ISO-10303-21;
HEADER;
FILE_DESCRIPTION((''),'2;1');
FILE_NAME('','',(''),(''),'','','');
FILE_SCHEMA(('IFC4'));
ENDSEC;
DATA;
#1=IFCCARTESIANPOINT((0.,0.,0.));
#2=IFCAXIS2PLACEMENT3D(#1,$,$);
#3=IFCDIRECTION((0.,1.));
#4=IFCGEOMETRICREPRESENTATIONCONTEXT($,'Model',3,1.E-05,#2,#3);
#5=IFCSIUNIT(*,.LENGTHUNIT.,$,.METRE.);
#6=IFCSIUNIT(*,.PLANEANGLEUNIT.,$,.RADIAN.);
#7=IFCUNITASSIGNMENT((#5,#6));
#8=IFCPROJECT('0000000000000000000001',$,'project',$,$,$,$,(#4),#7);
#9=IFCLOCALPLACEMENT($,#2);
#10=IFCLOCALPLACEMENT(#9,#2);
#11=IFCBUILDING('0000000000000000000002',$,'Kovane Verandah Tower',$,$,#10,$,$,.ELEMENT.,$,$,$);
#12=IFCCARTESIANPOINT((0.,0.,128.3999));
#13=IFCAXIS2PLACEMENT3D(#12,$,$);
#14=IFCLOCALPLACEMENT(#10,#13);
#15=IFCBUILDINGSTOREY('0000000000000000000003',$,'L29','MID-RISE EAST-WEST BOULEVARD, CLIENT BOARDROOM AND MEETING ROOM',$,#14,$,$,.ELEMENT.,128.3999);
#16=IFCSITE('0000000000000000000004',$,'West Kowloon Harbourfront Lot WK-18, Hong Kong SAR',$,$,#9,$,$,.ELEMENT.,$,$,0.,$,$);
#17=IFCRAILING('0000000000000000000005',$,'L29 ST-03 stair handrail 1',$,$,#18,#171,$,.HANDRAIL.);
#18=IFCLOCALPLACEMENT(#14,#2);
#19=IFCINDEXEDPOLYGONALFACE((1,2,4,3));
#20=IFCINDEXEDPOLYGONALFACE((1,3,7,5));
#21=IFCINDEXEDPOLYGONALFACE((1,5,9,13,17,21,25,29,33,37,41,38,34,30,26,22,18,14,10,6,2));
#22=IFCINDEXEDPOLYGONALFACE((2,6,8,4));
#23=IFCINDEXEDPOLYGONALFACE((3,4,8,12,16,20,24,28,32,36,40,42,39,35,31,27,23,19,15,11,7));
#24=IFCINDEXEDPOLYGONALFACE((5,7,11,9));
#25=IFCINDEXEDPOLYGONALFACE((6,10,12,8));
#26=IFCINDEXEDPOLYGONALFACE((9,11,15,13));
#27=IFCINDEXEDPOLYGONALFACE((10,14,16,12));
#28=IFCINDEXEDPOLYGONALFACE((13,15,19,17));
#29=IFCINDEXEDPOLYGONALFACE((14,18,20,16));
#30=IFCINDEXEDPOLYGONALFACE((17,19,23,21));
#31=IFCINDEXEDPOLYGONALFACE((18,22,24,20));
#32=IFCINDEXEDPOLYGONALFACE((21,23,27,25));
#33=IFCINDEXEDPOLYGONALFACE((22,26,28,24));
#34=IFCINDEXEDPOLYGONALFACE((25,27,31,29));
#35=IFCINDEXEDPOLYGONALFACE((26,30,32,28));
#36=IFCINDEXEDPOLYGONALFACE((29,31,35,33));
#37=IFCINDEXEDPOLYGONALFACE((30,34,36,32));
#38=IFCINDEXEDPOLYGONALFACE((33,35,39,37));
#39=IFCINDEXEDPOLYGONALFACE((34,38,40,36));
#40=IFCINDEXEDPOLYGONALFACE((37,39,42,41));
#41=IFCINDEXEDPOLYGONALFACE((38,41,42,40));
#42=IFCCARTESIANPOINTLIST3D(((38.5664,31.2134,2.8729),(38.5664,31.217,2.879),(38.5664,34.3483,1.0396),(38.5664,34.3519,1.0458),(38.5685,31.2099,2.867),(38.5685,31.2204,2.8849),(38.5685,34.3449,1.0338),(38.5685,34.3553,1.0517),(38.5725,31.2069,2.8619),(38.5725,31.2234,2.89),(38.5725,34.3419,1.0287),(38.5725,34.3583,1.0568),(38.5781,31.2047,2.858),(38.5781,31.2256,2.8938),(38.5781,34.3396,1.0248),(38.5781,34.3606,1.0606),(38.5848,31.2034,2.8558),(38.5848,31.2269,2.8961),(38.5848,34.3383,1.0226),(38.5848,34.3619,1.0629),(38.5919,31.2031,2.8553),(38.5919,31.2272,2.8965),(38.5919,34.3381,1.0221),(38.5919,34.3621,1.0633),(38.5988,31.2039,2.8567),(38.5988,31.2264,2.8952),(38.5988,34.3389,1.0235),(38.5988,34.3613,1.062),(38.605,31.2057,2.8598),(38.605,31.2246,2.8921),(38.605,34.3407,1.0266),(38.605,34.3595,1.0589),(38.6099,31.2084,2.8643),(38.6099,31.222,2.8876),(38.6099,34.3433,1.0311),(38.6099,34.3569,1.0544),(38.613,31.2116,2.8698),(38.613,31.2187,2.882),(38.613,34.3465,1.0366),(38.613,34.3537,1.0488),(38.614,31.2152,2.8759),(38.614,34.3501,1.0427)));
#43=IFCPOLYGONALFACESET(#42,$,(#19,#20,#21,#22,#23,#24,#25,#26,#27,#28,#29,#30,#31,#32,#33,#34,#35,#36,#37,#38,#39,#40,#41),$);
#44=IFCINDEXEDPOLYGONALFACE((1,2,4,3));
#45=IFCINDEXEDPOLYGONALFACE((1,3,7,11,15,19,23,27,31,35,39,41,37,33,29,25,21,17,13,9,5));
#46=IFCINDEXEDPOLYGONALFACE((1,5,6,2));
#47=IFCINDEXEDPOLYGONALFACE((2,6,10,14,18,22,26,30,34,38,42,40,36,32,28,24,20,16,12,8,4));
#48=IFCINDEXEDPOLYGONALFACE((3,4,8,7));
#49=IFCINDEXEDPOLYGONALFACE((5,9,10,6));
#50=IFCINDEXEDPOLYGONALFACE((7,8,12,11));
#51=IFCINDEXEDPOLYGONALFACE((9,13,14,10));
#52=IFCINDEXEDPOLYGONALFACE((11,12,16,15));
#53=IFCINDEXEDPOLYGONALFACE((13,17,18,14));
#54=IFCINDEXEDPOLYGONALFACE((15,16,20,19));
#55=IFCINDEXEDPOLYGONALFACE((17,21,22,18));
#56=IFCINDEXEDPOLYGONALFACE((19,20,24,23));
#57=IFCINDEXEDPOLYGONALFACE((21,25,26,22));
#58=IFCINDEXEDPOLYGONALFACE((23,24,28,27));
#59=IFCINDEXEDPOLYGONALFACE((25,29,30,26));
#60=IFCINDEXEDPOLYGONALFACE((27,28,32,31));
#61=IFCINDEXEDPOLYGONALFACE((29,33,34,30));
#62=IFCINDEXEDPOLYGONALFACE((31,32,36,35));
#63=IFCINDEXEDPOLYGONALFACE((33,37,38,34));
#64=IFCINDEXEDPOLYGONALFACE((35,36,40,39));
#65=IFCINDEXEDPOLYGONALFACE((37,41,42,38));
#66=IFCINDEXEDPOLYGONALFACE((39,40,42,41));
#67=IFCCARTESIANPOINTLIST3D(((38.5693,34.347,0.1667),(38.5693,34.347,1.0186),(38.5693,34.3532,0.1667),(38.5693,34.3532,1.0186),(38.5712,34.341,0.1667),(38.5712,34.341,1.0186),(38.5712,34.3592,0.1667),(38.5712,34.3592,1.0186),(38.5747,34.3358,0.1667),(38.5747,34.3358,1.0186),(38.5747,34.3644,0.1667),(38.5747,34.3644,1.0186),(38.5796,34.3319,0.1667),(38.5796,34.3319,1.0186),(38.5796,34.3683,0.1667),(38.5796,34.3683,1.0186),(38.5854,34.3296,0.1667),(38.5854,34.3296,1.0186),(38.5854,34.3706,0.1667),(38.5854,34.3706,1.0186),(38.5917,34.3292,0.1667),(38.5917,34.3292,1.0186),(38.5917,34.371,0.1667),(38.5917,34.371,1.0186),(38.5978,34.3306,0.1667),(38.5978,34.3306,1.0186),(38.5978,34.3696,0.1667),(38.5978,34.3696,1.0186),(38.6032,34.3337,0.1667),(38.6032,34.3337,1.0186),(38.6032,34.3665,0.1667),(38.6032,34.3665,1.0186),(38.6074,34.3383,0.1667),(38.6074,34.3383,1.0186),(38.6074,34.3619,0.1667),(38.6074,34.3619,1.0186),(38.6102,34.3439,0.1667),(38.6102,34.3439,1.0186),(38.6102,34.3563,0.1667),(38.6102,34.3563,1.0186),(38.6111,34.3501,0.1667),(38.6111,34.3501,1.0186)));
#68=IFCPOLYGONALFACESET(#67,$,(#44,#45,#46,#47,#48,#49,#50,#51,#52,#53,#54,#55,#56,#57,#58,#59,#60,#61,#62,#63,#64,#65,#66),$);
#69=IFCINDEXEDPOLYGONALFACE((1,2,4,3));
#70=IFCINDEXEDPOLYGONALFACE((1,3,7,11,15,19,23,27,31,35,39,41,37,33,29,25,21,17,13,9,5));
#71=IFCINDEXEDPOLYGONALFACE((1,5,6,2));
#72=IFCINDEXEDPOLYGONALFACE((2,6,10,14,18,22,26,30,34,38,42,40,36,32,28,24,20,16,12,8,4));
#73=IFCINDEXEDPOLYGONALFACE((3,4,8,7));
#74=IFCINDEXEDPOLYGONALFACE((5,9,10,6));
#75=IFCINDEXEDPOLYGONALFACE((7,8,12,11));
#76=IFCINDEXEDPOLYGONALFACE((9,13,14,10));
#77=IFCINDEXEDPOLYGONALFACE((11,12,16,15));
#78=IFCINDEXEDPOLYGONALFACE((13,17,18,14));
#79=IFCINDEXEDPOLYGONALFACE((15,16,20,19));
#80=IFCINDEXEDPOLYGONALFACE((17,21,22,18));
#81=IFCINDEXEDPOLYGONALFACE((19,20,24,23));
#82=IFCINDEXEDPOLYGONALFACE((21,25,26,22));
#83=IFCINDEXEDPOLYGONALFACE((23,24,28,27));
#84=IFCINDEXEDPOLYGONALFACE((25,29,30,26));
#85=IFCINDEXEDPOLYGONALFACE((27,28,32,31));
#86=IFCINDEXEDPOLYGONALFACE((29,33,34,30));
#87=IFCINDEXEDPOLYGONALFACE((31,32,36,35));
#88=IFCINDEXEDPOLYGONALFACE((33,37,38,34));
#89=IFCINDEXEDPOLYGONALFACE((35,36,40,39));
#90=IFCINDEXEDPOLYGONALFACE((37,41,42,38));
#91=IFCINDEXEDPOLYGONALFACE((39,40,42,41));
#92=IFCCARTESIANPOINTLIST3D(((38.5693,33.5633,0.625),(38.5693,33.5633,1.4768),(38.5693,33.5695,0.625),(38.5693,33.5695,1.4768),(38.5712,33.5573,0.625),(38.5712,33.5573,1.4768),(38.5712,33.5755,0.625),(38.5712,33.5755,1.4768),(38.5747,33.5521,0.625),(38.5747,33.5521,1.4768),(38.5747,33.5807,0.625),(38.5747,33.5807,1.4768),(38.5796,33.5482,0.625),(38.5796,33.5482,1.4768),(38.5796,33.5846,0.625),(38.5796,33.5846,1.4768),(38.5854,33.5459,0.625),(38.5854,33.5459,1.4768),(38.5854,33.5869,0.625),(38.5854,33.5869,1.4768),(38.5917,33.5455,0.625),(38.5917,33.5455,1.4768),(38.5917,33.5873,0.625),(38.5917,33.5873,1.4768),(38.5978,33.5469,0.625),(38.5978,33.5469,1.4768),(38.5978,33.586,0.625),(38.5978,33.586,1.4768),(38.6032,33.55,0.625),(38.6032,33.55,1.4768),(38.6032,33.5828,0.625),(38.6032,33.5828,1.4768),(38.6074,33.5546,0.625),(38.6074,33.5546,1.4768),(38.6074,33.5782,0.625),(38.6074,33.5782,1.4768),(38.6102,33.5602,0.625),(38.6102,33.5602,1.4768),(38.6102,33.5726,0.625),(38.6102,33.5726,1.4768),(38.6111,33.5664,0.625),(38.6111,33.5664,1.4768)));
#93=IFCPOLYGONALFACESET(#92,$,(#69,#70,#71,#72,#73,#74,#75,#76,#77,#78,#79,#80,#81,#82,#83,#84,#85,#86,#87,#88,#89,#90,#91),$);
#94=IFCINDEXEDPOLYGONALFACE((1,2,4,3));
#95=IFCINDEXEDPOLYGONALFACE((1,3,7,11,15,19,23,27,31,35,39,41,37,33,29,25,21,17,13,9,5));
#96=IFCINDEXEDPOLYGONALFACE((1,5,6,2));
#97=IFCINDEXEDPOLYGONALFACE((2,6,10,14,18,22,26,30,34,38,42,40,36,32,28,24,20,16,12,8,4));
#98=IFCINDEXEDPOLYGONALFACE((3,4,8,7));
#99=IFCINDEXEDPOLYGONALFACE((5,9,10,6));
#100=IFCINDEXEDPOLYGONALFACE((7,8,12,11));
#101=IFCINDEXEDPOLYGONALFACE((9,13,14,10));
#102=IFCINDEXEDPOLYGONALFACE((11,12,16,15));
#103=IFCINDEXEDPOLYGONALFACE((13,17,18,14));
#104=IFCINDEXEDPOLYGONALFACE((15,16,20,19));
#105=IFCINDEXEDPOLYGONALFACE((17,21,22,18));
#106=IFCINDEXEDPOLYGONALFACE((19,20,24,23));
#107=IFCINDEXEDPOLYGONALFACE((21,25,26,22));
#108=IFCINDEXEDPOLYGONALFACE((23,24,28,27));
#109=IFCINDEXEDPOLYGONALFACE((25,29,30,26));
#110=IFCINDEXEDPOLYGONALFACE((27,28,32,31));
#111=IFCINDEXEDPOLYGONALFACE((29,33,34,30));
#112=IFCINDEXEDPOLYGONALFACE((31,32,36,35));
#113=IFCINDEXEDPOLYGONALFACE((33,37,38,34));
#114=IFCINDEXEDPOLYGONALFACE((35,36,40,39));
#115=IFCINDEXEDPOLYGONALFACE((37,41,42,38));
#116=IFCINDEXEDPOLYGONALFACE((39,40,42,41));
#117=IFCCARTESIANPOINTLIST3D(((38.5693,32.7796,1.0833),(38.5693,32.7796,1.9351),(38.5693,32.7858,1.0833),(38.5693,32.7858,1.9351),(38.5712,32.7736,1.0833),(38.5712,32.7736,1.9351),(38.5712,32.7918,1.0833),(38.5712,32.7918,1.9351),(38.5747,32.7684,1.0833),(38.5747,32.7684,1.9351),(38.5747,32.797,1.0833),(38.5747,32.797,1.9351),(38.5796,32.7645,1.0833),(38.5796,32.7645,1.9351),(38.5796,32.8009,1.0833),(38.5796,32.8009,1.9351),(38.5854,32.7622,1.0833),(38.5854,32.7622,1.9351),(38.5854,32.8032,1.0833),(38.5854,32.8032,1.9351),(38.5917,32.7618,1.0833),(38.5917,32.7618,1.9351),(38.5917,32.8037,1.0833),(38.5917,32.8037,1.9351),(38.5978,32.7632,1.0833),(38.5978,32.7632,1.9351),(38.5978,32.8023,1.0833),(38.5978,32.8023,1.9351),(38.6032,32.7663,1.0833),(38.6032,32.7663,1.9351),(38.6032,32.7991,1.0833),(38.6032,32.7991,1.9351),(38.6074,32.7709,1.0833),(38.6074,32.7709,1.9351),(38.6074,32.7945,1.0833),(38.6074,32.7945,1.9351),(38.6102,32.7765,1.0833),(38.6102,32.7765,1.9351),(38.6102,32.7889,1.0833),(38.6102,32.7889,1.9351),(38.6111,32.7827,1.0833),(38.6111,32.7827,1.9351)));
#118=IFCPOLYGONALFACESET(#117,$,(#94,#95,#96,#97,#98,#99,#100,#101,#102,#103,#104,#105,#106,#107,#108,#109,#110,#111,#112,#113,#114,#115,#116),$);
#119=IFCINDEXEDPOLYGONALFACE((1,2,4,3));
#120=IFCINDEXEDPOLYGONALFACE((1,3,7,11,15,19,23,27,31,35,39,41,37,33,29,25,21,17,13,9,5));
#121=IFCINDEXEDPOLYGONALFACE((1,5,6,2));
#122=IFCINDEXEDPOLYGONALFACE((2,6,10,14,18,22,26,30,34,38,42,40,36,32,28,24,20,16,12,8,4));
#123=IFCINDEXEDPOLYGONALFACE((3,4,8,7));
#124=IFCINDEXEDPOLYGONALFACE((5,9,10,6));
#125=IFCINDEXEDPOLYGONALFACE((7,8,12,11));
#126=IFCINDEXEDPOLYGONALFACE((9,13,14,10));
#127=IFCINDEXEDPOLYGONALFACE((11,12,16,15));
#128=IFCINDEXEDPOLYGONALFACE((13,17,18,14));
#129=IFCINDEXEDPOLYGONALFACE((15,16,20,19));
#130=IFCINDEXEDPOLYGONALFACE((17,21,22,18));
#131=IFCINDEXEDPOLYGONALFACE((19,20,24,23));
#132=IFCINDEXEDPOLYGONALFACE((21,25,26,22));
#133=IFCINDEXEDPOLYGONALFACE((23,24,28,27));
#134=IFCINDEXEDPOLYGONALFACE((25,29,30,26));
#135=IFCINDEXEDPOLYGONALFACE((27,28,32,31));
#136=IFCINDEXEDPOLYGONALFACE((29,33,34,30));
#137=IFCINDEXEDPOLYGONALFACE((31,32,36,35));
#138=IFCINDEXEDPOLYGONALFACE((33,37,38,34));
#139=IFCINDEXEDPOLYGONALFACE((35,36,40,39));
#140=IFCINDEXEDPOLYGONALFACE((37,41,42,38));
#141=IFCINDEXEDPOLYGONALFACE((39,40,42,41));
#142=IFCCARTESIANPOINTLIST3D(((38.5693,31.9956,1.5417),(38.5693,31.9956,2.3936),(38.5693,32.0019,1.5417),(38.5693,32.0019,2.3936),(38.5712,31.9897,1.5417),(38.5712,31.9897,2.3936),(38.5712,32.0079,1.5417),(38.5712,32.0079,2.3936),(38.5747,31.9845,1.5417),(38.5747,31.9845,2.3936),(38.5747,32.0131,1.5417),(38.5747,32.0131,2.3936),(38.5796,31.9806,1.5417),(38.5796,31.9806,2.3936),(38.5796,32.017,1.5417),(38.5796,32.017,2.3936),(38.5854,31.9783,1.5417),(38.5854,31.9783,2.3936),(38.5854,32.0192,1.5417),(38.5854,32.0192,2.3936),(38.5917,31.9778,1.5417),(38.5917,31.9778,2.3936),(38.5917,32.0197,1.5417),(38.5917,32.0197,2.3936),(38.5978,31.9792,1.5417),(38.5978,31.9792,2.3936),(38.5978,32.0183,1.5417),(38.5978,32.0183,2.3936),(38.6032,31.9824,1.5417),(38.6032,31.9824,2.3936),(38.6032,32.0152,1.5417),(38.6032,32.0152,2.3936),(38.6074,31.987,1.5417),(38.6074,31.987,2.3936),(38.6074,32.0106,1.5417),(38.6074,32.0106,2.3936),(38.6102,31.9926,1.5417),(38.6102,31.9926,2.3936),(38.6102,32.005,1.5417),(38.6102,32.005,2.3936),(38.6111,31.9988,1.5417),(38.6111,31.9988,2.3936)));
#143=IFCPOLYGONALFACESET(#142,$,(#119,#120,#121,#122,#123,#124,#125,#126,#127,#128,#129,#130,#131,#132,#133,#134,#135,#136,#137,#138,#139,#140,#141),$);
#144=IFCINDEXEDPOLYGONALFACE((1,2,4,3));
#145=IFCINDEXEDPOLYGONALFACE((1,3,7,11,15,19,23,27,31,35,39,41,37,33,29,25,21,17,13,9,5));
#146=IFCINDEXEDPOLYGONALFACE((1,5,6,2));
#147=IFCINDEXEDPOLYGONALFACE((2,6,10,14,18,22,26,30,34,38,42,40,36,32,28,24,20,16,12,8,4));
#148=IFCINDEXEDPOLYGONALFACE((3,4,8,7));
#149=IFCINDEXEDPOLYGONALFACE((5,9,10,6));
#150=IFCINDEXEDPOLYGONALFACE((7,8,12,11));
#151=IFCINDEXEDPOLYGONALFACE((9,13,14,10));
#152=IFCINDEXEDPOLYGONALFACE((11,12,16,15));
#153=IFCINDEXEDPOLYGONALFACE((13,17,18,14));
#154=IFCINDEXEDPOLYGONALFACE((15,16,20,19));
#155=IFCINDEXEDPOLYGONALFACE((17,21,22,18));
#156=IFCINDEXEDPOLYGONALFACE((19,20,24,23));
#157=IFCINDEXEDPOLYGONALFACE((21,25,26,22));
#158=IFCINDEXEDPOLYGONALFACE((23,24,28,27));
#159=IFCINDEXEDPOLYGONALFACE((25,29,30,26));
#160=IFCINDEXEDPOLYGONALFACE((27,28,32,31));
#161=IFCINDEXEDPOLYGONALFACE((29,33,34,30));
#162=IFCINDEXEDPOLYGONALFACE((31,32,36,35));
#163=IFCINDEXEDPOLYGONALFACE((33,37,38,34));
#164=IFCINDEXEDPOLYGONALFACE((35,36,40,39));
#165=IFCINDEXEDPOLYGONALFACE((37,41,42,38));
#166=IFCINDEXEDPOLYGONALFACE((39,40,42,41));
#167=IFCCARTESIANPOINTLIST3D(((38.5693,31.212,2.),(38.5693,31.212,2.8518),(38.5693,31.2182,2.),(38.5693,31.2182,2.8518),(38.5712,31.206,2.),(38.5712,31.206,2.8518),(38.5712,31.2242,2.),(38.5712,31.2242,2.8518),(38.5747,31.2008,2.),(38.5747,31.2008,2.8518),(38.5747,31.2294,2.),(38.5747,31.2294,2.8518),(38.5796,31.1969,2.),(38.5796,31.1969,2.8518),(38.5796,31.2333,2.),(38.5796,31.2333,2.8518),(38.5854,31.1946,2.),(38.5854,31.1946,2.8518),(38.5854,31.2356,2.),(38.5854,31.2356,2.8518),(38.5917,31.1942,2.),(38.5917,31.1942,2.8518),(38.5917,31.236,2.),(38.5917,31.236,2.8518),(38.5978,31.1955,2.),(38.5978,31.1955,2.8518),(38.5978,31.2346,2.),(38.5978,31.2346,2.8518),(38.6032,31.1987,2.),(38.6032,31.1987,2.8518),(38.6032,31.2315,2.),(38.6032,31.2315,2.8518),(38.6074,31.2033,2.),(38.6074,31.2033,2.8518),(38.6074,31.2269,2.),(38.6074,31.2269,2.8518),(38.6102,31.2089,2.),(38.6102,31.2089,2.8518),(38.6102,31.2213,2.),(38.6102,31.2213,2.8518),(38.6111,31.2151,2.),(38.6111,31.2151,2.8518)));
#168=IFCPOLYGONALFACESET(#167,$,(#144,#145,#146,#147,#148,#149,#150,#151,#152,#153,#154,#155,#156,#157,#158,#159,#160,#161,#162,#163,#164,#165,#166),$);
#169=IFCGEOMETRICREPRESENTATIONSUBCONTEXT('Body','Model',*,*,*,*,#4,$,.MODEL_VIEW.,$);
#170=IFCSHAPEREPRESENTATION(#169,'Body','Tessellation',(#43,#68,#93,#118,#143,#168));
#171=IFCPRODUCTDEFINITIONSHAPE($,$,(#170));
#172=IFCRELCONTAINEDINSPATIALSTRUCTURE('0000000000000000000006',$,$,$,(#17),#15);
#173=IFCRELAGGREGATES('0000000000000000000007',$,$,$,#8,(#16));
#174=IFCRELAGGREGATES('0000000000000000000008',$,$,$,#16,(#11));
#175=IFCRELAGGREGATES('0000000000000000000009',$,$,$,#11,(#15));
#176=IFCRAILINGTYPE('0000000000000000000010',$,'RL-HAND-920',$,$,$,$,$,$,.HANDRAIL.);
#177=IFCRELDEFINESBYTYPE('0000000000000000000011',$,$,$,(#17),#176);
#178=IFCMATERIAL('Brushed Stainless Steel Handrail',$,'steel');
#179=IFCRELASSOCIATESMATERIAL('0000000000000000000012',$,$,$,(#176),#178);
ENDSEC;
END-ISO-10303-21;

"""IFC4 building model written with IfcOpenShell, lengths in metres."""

from ifc_helpers import new_model, si_unit, direction, frame, origin, origin_2d, place, context, subcontext, project, spatial, circle, extrude, material, type_object, element, save


model = new_model("IFC4")

# Units and contexts
model_context = context("Model", 3, precision=1e-05, world=origin(), true_north=direction((0.0, 1.0)))
body_context = subcontext(model_context, "Body", "Model", "MODEL_VIEW")
ifc_project = project(units=[si_unit("LENGTHUNIT", "METRE"), si_unit("PLANEANGLEUNIT", "RADIAN")], contexts=[model_context])

# Site, building, storey
site_placement = place(None, origin())
site = spatial("IfcSite", under=ifc_project, at=site_placement, Name="West Kowloon Harbourfront Lot WK-18, Hong Kong SAR", CompositionType="ELEMENT", RefElevation=0.0)
building_placement = place(site_placement, origin())
building = spatial("IfcBuilding", under=site, at=building_placement, Name="Kovane Verandah Tower", CompositionType="ELEMENT")
storey_placement = place(building_placement, frame((0.0, 0.0, 128.3999)))
storey = spatial("IfcBuildingStorey", under=building, at=storey_placement, Name="L29", Description="MID-RISE EAST-WEST BOULEVARD, CLIENT BOARDROOM AND MEETING ROOM", CompositionType="ELEMENT", Elevation=128.3999)

# Railing
ifc_material_1 = material(Name="Brushed Stainless Steel Handrail", Category="steel")
railing_type_1 = type_object("IfcRailingType", Name="RL-HAND-920", PredefinedType="HANDRAIL", material=ifc_material_1)
railing_1_placement = place(storey_placement, frame((38.5901, 34.3501, 0.1667)))
element("IfcRailing", 1, at=railing_1_placement, inside=storey, type_object=railing_type_1, Name="L29 ST-03 stair handrail 1", PredefinedType="HANDRAIL", context=body_context, shape_type="SweptSolid", body=[
    extrude(circle(Radius=0.0239, at=origin_2d()), frame((0.0, 0.0, 0.876), z_axis=(0.0, -0.86324, 0.504794), x_axis=(1.0, 0.0, 0.0)), (0.0, 0.0, 1.0), 3.6316),
    extrude(circle(Radius=0.021, at=origin_2d()), origin(), (0.0, 0.0, 1.0), 0.8518),
    extrude(circle(Radius=0.021, at=origin_2d()), frame((0.0, -0.7837, 0.4583)), (0.0, 0.0, 1.0), 0.8518),
    extrude(circle(Radius=0.021, at=origin_2d()), frame((0.0, -1.5674, 0.9165)), (0.0, 0.0, 1.0), 0.8518),
    extrude(circle(Radius=0.021, at=origin_2d()), frame((0.0, -2.3513, 1.375)), (0.0, 0.0, 1.0), 0.8518),
    extrude(circle(Radius=0.021, at=origin_2d()), frame((0.0, -3.135, 1.8333)), (0.0, 0.0, 1.0), 0.8518),
])

save(model, "model.ifc")
